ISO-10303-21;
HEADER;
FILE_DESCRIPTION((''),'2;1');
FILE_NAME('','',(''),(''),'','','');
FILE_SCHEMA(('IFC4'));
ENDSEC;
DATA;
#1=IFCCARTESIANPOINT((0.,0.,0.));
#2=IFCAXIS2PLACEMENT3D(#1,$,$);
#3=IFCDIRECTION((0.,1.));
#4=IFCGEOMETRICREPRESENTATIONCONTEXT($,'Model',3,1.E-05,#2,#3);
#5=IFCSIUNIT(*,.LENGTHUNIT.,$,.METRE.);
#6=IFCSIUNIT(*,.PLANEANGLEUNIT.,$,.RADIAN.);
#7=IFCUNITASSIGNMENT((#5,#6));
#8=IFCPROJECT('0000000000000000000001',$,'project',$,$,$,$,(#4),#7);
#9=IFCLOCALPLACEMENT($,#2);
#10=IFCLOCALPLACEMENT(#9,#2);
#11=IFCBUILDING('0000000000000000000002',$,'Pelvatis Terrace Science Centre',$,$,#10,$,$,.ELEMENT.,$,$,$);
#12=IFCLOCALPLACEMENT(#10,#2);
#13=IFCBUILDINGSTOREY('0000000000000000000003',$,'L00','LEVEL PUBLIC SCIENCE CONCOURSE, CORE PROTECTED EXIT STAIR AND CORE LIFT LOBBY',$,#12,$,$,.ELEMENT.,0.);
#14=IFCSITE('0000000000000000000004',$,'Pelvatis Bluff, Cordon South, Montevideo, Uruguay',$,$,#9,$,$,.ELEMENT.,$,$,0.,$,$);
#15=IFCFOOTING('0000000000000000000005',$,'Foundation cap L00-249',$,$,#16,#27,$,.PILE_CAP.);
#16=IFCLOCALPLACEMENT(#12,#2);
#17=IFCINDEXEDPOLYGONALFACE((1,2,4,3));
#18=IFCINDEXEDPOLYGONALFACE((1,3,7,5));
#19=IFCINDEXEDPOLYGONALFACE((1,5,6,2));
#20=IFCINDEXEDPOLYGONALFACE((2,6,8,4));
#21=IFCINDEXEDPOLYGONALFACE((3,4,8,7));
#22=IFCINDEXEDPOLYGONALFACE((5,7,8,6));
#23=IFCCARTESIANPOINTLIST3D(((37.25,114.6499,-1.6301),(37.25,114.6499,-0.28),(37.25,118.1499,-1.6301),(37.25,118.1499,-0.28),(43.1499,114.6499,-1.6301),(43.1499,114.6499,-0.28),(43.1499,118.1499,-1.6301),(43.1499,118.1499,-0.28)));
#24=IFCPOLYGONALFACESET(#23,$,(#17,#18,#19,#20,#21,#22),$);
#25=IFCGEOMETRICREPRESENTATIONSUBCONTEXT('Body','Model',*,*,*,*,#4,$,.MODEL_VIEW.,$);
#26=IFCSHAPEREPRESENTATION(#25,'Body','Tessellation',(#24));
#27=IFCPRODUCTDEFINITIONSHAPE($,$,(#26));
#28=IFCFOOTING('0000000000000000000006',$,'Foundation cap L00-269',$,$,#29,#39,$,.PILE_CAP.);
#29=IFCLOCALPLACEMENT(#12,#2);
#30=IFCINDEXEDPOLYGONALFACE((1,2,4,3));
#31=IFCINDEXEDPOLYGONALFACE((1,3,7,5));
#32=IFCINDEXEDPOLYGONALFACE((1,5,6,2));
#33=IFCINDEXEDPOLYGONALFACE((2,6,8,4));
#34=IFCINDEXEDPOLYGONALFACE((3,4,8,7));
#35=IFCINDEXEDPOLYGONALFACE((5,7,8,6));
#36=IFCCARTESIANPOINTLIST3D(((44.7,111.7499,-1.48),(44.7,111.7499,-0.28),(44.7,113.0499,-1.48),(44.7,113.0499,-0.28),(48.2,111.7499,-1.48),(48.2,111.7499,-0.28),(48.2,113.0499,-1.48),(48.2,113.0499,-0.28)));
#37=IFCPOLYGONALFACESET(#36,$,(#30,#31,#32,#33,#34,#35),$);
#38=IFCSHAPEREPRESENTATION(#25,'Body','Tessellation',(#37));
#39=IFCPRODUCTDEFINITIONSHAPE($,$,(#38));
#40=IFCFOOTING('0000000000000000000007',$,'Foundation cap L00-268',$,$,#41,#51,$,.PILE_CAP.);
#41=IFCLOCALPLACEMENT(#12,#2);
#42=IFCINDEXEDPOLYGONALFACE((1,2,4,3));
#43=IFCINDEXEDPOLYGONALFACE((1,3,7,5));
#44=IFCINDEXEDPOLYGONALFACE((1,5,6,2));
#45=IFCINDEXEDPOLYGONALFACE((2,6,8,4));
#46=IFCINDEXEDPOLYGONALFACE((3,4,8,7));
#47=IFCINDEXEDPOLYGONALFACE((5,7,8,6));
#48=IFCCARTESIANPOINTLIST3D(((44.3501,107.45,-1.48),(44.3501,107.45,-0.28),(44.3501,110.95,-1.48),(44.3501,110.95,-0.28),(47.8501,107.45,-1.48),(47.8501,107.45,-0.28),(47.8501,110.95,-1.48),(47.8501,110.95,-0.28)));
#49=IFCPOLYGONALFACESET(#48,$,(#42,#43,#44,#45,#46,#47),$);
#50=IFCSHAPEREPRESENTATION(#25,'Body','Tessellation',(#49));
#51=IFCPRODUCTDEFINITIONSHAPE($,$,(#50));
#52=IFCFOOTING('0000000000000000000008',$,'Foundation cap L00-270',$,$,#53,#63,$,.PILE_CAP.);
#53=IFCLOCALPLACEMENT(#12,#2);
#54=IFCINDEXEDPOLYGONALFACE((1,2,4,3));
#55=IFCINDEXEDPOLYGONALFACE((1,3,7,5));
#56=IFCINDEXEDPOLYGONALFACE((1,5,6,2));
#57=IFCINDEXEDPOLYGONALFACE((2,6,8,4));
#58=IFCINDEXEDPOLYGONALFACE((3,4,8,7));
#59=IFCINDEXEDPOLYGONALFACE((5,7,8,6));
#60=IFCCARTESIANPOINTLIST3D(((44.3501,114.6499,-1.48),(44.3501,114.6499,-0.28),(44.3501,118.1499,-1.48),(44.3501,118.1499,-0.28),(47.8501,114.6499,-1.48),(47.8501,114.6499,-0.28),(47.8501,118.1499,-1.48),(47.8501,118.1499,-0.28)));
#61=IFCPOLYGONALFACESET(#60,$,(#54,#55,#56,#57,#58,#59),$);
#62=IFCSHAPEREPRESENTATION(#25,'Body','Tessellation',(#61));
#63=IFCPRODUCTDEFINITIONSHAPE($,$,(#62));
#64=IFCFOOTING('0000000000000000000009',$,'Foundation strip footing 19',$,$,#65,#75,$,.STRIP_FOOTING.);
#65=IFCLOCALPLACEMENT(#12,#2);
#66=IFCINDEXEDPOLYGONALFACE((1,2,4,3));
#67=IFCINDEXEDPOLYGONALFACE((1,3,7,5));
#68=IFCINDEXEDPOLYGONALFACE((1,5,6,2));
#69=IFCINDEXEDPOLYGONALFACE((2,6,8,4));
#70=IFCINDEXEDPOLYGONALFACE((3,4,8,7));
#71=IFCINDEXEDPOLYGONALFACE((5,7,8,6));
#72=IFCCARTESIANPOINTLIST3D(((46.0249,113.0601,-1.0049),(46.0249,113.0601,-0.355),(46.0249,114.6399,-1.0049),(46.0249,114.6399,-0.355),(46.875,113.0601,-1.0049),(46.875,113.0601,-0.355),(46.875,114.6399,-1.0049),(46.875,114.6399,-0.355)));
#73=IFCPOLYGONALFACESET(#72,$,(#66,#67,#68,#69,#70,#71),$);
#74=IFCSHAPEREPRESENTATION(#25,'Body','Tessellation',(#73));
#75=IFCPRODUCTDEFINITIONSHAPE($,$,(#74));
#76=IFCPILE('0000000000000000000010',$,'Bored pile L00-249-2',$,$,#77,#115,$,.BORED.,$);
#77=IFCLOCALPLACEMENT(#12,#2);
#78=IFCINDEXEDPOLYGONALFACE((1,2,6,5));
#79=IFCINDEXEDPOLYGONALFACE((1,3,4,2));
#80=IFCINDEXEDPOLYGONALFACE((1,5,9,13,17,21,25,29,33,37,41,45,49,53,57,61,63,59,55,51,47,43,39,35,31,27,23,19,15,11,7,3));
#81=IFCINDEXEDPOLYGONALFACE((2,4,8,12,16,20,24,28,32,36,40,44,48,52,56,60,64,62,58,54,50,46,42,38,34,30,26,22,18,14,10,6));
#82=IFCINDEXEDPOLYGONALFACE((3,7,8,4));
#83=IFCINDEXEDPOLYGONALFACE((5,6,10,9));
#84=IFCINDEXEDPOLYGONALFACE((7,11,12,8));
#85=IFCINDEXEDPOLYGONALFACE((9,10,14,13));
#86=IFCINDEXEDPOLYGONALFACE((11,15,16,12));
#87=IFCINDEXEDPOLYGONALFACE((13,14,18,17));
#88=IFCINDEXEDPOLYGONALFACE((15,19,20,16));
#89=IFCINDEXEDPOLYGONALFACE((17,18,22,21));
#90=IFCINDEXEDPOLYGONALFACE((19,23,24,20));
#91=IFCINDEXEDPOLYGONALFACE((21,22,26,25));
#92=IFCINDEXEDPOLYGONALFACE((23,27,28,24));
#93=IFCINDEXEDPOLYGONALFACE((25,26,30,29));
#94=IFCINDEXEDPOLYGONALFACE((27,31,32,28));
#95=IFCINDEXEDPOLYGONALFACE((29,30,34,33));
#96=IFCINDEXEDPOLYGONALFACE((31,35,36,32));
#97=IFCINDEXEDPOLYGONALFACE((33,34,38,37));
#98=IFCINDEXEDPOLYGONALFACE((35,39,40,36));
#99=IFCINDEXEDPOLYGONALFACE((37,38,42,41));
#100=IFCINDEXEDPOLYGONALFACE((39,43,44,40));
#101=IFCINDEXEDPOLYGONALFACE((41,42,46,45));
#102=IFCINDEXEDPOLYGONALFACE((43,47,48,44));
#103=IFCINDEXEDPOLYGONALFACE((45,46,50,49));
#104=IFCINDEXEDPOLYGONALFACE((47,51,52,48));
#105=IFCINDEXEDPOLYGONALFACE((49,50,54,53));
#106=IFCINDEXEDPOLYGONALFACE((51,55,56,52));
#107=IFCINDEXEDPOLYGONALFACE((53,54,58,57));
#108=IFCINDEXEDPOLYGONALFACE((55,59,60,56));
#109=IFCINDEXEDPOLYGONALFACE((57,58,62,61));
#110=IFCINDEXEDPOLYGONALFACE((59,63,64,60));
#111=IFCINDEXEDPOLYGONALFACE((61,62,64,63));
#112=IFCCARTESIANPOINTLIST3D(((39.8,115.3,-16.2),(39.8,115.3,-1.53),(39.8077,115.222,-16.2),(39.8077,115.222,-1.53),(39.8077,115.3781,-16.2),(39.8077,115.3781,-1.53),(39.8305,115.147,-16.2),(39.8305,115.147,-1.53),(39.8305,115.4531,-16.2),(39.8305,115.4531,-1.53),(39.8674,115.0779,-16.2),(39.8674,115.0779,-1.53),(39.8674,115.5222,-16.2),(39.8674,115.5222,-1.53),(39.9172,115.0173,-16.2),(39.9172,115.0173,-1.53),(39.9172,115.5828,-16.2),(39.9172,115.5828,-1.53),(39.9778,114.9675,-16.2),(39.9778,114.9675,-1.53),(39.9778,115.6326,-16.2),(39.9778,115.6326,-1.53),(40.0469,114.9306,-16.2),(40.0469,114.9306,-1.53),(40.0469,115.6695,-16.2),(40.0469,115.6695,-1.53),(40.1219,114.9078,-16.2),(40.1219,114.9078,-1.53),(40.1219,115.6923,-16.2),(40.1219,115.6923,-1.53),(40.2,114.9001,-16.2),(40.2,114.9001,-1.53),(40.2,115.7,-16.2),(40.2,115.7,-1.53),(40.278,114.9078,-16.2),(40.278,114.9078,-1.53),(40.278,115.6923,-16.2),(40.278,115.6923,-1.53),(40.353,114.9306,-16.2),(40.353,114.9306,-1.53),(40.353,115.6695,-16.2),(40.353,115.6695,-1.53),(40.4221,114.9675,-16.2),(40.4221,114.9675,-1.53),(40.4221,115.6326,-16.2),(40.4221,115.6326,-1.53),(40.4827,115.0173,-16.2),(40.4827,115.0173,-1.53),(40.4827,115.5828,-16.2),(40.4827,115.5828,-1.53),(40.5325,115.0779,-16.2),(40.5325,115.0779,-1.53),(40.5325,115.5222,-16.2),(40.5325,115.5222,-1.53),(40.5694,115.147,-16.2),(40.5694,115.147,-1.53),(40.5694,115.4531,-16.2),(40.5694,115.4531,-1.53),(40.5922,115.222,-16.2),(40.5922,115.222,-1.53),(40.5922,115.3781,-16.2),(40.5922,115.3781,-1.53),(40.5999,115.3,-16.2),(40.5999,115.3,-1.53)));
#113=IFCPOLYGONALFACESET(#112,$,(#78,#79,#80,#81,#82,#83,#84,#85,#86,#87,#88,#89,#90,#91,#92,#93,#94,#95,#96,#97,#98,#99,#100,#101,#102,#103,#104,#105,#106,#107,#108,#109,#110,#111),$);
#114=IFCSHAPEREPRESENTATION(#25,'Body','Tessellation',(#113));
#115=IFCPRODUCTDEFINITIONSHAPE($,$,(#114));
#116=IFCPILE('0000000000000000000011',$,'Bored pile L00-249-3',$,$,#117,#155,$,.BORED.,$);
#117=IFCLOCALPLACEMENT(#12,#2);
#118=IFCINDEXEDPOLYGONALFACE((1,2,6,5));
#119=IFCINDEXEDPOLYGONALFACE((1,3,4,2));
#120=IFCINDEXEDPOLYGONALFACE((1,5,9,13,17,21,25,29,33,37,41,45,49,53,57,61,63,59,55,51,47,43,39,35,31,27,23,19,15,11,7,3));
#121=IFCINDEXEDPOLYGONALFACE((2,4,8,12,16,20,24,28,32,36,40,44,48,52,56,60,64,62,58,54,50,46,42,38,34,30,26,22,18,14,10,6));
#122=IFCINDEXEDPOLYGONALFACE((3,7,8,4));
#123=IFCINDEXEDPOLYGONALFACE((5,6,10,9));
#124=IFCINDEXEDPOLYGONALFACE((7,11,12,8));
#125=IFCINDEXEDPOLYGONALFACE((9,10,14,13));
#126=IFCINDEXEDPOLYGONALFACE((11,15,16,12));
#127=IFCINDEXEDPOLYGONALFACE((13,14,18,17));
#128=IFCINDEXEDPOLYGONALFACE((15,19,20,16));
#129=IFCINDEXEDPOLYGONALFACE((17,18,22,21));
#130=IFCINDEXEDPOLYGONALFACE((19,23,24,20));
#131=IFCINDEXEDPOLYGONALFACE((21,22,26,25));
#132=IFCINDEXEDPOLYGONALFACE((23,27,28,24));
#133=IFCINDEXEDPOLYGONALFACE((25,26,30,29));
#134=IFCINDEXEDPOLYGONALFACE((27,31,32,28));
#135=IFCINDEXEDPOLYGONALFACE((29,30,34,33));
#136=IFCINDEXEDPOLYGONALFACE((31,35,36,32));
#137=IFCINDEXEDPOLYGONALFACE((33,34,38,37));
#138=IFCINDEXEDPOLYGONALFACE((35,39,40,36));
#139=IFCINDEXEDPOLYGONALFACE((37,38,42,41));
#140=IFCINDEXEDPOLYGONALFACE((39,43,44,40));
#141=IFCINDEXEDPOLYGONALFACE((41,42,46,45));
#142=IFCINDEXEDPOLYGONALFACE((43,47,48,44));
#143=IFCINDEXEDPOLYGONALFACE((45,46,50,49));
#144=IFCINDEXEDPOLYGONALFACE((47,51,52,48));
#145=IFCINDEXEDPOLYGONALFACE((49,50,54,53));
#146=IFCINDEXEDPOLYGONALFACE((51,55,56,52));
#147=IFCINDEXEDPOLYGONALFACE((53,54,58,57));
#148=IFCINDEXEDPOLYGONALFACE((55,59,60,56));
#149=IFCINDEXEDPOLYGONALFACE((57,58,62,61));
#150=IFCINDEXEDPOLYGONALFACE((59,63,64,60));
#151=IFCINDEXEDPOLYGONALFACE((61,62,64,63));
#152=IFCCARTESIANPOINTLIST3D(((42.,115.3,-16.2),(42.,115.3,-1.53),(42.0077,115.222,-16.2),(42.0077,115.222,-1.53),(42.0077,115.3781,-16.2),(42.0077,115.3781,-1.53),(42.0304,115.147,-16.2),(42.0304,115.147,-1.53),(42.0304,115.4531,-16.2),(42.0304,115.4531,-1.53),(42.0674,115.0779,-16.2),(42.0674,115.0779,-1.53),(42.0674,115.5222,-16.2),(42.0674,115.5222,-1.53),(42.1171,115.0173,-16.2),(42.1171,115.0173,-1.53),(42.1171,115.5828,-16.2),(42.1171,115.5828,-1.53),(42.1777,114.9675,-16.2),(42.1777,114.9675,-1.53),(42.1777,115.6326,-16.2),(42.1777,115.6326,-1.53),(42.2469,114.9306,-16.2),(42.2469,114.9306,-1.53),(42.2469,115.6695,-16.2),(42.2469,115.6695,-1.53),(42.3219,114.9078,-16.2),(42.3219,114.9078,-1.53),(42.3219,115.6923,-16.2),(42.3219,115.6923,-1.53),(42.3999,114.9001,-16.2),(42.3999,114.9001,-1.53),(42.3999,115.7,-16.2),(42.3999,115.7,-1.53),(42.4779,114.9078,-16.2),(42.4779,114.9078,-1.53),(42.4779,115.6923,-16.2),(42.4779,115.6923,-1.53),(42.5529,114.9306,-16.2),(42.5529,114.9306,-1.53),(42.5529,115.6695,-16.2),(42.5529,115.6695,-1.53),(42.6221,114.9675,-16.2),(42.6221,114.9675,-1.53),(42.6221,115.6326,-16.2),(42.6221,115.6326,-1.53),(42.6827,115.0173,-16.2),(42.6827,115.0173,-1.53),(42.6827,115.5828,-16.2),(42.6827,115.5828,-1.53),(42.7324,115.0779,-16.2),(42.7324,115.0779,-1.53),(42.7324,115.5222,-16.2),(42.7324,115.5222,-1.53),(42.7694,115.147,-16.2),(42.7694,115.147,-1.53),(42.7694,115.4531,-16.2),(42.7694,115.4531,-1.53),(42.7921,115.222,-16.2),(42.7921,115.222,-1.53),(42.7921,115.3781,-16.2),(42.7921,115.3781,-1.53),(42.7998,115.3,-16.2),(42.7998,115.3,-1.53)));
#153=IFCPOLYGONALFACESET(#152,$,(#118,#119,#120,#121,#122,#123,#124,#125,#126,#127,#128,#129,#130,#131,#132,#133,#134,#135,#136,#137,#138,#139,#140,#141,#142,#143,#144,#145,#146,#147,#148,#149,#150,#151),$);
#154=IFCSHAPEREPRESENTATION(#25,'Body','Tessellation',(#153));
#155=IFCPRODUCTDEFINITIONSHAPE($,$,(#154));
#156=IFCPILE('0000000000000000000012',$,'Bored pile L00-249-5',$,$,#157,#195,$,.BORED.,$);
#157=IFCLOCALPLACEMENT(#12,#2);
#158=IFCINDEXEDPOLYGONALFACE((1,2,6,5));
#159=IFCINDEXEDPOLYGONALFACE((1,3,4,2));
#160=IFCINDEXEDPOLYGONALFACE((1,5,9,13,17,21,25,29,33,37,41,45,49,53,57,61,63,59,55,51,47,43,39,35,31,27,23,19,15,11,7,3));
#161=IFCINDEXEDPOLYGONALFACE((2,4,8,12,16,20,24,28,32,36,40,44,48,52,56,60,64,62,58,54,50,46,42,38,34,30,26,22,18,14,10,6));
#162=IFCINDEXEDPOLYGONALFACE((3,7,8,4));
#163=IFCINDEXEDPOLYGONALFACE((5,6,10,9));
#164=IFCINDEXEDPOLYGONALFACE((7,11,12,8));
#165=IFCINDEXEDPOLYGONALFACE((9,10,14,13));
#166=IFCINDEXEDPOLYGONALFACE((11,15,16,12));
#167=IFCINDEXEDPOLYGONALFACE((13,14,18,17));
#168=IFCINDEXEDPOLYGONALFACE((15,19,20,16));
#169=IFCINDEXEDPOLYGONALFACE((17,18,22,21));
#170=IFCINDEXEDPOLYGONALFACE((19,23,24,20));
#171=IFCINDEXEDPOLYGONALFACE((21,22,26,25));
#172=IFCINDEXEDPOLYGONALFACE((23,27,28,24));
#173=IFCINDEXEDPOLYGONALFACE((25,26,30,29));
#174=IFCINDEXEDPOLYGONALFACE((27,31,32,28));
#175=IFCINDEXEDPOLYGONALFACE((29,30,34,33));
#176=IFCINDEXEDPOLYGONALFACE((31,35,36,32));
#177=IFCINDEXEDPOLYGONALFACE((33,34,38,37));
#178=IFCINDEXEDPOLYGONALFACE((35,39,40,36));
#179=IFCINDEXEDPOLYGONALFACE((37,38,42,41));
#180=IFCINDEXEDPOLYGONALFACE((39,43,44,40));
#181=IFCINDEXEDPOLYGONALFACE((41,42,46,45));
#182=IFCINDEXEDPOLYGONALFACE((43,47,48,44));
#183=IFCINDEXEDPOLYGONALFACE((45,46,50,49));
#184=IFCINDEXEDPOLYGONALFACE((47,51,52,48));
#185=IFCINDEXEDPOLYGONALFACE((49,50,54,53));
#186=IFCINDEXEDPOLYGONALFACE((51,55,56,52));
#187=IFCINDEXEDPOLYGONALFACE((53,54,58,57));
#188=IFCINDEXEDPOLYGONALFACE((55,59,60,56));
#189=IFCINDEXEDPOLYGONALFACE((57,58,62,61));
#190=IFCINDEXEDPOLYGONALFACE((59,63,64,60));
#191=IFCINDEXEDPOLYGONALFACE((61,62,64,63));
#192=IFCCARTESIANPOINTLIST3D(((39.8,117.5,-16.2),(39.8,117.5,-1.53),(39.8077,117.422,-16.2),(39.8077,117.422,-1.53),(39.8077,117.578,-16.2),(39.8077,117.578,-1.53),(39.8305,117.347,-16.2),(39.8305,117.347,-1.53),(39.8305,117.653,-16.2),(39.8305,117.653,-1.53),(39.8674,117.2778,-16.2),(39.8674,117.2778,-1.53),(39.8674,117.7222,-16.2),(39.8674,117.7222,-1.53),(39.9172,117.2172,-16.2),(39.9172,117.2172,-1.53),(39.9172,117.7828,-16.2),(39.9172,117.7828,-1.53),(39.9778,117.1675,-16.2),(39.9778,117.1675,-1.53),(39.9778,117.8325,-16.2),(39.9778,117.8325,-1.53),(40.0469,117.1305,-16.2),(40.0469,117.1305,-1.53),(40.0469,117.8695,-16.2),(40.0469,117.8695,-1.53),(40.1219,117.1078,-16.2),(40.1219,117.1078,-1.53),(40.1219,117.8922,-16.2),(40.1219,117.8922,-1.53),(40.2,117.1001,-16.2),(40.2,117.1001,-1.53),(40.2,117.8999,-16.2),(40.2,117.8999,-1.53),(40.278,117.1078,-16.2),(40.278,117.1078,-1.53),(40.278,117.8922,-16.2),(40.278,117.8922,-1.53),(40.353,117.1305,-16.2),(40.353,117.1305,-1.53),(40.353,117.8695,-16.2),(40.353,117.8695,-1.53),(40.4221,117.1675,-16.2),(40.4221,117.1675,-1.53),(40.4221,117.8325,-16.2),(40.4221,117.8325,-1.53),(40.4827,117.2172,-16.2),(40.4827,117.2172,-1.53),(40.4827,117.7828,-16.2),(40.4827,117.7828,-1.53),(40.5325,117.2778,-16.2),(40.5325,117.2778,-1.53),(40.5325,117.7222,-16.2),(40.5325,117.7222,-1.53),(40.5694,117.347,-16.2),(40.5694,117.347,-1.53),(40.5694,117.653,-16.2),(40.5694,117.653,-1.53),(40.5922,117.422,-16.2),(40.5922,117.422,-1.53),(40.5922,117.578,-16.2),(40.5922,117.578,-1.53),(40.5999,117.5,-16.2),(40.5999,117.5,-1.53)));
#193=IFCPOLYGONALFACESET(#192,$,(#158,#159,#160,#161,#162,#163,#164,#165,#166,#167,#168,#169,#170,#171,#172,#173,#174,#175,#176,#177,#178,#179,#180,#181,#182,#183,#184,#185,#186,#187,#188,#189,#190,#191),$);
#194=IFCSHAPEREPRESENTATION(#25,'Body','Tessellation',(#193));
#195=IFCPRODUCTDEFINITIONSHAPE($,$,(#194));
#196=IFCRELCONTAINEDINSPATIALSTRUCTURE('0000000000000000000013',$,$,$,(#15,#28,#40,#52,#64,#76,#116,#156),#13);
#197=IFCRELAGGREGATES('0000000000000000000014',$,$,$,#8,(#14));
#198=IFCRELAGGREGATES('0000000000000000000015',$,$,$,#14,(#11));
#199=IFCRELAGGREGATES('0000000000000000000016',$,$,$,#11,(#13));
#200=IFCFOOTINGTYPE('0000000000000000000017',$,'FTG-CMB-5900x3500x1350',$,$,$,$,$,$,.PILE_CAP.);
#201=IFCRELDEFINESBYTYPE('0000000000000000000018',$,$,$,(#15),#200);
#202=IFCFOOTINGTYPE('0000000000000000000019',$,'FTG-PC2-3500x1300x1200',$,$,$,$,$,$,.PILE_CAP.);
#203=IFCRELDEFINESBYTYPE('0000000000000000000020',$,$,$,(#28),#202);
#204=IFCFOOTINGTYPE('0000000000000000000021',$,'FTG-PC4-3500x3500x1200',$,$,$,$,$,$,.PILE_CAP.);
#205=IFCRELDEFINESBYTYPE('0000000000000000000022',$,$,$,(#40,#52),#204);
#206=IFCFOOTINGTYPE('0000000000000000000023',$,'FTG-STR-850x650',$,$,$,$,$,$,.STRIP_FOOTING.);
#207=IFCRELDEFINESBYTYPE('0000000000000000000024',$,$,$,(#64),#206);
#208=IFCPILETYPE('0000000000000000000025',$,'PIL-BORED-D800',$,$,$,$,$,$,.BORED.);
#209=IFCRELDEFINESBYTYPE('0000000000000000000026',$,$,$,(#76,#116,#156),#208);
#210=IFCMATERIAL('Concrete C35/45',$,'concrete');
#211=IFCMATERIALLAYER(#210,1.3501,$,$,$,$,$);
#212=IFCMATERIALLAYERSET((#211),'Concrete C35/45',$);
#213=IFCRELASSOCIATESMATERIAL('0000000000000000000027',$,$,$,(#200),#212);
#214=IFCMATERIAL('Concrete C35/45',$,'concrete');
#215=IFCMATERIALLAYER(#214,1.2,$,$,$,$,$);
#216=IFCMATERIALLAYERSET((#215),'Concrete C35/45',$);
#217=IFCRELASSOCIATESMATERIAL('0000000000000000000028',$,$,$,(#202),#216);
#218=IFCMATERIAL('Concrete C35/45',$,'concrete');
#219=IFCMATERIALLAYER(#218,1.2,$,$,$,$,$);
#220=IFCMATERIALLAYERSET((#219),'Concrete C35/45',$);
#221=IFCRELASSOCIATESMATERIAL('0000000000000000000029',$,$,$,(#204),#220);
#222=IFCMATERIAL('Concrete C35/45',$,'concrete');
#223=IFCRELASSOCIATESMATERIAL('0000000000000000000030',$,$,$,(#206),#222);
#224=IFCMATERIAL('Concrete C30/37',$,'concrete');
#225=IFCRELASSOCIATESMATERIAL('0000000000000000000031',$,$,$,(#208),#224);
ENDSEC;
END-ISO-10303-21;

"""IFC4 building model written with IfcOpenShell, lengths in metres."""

from ifc_helpers import new_model, si_unit, direction, frame, origin, origin_2d, place, context, subcontext, project, spatial, rectangle, circle, extrude, material, layer, layer_set, material_profile, profile_set, type_object, element, save


model = new_model("IFC4")

# Units and contexts
model_context = context("Model", 3, precision=1e-05, world=origin(), true_north=direction((0.0, 1.0)))
body_context = subcontext(model_context, "Body", "Model", "MODEL_VIEW")
ifc_project = project(units=[si_unit("LENGTHUNIT", "METRE"), si_unit("PLANEANGLEUNIT", "RADIAN")], contexts=[model_context])

# Site, building, storey
site_placement = place(None, origin())
site = spatial("IfcSite", under=ifc_project, at=site_placement, Name="Pelvatis Bluff, Cordon South, Montevideo, Uruguay", CompositionType="ELEMENT", RefElevation=0.0)
building_placement = place(site_placement, origin())
building = spatial("IfcBuilding", under=site, at=building_placement, Name="Pelvatis Terrace Science Centre", CompositionType="ELEMENT")
storey_placement = place(building_placement, origin())
storey = spatial("IfcBuildingStorey", under=building, at=storey_placement, Name="L00", Description="LEVEL PUBLIC SCIENCE CONCOURSE, CORE PROTECTED EXIT STAIR AND CORE LIFT LOBBY", CompositionType="ELEMENT", Elevation=0.0)

# Footings
ifc_material_1 = material(Name="Concrete C35/45", Category="concrete")
ifc_layer_1 = layer(ifc_material_1, 1.3501)
ifc_layer_set_1 = layer_set([ifc_layer_1], Name="Concrete C35/45")
footing_type_1 = type_object("IfcFootingType", Name="FTG-CMB-5900x3500x1350", PredefinedType="PILE_CAP", material=ifc_layer_set_1)
footing_1_placement = place(storey_placement, frame((40.2, 116.3999, -1.6301), z_axis=(0.0, 0.0, 1.0), x_axis=(1.0, 0.0, 0.0)))
element("IfcFooting", 1, at=footing_1_placement, inside=storey, type_object=footing_type_1, Name="Foundation cap L00-249", PredefinedType="PILE_CAP", context=body_context, shape_type="SweptSolid", body=[
    extrude(rectangle(XDim=5.8999, YDim=3.5, at=origin_2d()), origin(), (0.0, 0.0, 1.0), 1.3501),
])
ifc_material_2 = material(Name="Concrete C35/45", Category="concrete")
ifc_layer_2 = layer(ifc_material_2, 1.2)
ifc_layer_set_2 = layer_set([ifc_layer_2], Name="Concrete C35/45")
footing_type_2 = type_object("IfcFootingType", Name="FTG-PC2-3500x1300x1200", PredefinedType="PILE_CAP", material=ifc_layer_set_2)
footing_2_placement = place(storey_placement, frame((46.45, 112.3999, -1.48), z_axis=(0.0, 0.0, 1.0), x_axis=(1.0, 0.0, 0.0)))
element("IfcFooting", 2, at=footing_2_placement, inside=storey, type_object=footing_type_2, Name="Foundation cap L00-269", PredefinedType="PILE_CAP", context=body_context, shape_type="SweptSolid", body=[
    extrude(rectangle(XDim=3.5, YDim=1.3, at=origin_2d()), origin(), (0.0, 0.0, 1.0), 1.2),
])
ifc_material_3 = material(Name="Concrete C35/45", Category="concrete")
ifc_layer_3 = layer(ifc_material_3, 1.2)
ifc_layer_set_3 = layer_set([ifc_layer_3], Name="Concrete C35/45")
footing_type_3 = type_object("IfcFootingType", Name="FTG-PC4-3500x3500x1200", PredefinedType="PILE_CAP", material=ifc_layer_set_3)
for number, where, z_axis, x_axis, name in (
    (3, (46.1001, 109.2, -1.48), (0.0, 0.0, 1.0), (1.0, 0.0, 0.0), "Foundation cap L00-268"),
    (4, (46.1001, 116.3999, -1.48), (0.0, 0.0, 1.0), (1.0, 0.0, 0.0), "Foundation cap L00-270"),
):
    element("IfcFooting", number, at=place(storey_placement, frame(where, z_axis=z_axis, x_axis=x_axis)), inside=storey, type_object=footing_type_3, Name=name, PredefinedType="PILE_CAP", context=body_context, shape_type="SweptSolid", body=[
        extrude(rectangle(XDim=3.5, YDim=3.5, at=origin_2d()), origin(), (0.0, 0.0, 1.0), 1.2),
    ])
ifc_material_4 = material(Name="Concrete C35/45", Category="concrete")
ifc_material_profile_1 = material_profile(ifc_material_4, rectangle(XDim=0.8501, YDim=0.6499, at=origin_2d()), Name="RC-STR 850x650")
ifc_profile_set_1 = profile_set([ifc_material_profile_1], Name="Concrete C35/45")
footing_type_4 = type_object("IfcFootingType", Name="FTG-STR-850x650", PredefinedType="STRIP_FOOTING", material=ifc_profile_set_1)
footing_3_placement = place(storey_placement, frame((46.45, 113.0601, -0.6799), z_axis=(0.0, 1.0, 0.0), x_axis=(-1.0, 0.0, 0.0)))
element("IfcFooting", 5, at=footing_3_placement, inside=storey, type_object=footing_type_4, Name="Foundation strip footing 19", PredefinedType="STRIP_FOOTING", context=body_context, shape_type="SweptSolid", body=[
    extrude(rectangle(XDim=0.8501, YDim=0.6499, at=origin_2d()), origin(), (0.0, 0.0, 1.0), 1.5798),
])

# Piles
ifc_material_5 = material(Name="Concrete C30/37", Category="concrete")
ifc_material_profile_2 = material_profile(ifc_material_5, circle(Radius=0.3999, at=origin_2d()), Name="PILE D800")
ifc_profile_set_2 = profile_set([ifc_material_profile_2], Name="Concrete C30/37")
pile_type = type_object("IfcPileType", Name="PIL-BORED-D800", PredefinedType="BORED", material=ifc_profile_set_2)
for number, where, z_axis, x_axis, name in (
    (6, (40.2, 115.3, -1.53), (0.0, 0.0, -1.0), (1.0, 0.0, 0.0), "Bored pile L00-249-2"),
    (7, (42.3999, 115.3, -1.53), (0.0, 0.0, -1.0), (1.0, 0.0, 0.0), "Bored pile L00-249-3"),
    (8, (40.2, 117.5, -1.53), (0.0, 0.0, -1.0), (1.0, 0.0, 0.0), "Bored pile L00-249-5"),
):
    element("IfcPile", number, at=place(storey_placement, frame(where, z_axis=z_axis, x_axis=x_axis)), inside=storey, type_object=pile_type, Name=name, PredefinedType="BORED", context=body_context, shape_type="SweptSolid", body=[
        extrude(circle(Radius=0.3999, at=origin_2d()), origin(), (0.0, 0.0, 1.0), 14.6699),
    ])

save(model, "model.ifc")
